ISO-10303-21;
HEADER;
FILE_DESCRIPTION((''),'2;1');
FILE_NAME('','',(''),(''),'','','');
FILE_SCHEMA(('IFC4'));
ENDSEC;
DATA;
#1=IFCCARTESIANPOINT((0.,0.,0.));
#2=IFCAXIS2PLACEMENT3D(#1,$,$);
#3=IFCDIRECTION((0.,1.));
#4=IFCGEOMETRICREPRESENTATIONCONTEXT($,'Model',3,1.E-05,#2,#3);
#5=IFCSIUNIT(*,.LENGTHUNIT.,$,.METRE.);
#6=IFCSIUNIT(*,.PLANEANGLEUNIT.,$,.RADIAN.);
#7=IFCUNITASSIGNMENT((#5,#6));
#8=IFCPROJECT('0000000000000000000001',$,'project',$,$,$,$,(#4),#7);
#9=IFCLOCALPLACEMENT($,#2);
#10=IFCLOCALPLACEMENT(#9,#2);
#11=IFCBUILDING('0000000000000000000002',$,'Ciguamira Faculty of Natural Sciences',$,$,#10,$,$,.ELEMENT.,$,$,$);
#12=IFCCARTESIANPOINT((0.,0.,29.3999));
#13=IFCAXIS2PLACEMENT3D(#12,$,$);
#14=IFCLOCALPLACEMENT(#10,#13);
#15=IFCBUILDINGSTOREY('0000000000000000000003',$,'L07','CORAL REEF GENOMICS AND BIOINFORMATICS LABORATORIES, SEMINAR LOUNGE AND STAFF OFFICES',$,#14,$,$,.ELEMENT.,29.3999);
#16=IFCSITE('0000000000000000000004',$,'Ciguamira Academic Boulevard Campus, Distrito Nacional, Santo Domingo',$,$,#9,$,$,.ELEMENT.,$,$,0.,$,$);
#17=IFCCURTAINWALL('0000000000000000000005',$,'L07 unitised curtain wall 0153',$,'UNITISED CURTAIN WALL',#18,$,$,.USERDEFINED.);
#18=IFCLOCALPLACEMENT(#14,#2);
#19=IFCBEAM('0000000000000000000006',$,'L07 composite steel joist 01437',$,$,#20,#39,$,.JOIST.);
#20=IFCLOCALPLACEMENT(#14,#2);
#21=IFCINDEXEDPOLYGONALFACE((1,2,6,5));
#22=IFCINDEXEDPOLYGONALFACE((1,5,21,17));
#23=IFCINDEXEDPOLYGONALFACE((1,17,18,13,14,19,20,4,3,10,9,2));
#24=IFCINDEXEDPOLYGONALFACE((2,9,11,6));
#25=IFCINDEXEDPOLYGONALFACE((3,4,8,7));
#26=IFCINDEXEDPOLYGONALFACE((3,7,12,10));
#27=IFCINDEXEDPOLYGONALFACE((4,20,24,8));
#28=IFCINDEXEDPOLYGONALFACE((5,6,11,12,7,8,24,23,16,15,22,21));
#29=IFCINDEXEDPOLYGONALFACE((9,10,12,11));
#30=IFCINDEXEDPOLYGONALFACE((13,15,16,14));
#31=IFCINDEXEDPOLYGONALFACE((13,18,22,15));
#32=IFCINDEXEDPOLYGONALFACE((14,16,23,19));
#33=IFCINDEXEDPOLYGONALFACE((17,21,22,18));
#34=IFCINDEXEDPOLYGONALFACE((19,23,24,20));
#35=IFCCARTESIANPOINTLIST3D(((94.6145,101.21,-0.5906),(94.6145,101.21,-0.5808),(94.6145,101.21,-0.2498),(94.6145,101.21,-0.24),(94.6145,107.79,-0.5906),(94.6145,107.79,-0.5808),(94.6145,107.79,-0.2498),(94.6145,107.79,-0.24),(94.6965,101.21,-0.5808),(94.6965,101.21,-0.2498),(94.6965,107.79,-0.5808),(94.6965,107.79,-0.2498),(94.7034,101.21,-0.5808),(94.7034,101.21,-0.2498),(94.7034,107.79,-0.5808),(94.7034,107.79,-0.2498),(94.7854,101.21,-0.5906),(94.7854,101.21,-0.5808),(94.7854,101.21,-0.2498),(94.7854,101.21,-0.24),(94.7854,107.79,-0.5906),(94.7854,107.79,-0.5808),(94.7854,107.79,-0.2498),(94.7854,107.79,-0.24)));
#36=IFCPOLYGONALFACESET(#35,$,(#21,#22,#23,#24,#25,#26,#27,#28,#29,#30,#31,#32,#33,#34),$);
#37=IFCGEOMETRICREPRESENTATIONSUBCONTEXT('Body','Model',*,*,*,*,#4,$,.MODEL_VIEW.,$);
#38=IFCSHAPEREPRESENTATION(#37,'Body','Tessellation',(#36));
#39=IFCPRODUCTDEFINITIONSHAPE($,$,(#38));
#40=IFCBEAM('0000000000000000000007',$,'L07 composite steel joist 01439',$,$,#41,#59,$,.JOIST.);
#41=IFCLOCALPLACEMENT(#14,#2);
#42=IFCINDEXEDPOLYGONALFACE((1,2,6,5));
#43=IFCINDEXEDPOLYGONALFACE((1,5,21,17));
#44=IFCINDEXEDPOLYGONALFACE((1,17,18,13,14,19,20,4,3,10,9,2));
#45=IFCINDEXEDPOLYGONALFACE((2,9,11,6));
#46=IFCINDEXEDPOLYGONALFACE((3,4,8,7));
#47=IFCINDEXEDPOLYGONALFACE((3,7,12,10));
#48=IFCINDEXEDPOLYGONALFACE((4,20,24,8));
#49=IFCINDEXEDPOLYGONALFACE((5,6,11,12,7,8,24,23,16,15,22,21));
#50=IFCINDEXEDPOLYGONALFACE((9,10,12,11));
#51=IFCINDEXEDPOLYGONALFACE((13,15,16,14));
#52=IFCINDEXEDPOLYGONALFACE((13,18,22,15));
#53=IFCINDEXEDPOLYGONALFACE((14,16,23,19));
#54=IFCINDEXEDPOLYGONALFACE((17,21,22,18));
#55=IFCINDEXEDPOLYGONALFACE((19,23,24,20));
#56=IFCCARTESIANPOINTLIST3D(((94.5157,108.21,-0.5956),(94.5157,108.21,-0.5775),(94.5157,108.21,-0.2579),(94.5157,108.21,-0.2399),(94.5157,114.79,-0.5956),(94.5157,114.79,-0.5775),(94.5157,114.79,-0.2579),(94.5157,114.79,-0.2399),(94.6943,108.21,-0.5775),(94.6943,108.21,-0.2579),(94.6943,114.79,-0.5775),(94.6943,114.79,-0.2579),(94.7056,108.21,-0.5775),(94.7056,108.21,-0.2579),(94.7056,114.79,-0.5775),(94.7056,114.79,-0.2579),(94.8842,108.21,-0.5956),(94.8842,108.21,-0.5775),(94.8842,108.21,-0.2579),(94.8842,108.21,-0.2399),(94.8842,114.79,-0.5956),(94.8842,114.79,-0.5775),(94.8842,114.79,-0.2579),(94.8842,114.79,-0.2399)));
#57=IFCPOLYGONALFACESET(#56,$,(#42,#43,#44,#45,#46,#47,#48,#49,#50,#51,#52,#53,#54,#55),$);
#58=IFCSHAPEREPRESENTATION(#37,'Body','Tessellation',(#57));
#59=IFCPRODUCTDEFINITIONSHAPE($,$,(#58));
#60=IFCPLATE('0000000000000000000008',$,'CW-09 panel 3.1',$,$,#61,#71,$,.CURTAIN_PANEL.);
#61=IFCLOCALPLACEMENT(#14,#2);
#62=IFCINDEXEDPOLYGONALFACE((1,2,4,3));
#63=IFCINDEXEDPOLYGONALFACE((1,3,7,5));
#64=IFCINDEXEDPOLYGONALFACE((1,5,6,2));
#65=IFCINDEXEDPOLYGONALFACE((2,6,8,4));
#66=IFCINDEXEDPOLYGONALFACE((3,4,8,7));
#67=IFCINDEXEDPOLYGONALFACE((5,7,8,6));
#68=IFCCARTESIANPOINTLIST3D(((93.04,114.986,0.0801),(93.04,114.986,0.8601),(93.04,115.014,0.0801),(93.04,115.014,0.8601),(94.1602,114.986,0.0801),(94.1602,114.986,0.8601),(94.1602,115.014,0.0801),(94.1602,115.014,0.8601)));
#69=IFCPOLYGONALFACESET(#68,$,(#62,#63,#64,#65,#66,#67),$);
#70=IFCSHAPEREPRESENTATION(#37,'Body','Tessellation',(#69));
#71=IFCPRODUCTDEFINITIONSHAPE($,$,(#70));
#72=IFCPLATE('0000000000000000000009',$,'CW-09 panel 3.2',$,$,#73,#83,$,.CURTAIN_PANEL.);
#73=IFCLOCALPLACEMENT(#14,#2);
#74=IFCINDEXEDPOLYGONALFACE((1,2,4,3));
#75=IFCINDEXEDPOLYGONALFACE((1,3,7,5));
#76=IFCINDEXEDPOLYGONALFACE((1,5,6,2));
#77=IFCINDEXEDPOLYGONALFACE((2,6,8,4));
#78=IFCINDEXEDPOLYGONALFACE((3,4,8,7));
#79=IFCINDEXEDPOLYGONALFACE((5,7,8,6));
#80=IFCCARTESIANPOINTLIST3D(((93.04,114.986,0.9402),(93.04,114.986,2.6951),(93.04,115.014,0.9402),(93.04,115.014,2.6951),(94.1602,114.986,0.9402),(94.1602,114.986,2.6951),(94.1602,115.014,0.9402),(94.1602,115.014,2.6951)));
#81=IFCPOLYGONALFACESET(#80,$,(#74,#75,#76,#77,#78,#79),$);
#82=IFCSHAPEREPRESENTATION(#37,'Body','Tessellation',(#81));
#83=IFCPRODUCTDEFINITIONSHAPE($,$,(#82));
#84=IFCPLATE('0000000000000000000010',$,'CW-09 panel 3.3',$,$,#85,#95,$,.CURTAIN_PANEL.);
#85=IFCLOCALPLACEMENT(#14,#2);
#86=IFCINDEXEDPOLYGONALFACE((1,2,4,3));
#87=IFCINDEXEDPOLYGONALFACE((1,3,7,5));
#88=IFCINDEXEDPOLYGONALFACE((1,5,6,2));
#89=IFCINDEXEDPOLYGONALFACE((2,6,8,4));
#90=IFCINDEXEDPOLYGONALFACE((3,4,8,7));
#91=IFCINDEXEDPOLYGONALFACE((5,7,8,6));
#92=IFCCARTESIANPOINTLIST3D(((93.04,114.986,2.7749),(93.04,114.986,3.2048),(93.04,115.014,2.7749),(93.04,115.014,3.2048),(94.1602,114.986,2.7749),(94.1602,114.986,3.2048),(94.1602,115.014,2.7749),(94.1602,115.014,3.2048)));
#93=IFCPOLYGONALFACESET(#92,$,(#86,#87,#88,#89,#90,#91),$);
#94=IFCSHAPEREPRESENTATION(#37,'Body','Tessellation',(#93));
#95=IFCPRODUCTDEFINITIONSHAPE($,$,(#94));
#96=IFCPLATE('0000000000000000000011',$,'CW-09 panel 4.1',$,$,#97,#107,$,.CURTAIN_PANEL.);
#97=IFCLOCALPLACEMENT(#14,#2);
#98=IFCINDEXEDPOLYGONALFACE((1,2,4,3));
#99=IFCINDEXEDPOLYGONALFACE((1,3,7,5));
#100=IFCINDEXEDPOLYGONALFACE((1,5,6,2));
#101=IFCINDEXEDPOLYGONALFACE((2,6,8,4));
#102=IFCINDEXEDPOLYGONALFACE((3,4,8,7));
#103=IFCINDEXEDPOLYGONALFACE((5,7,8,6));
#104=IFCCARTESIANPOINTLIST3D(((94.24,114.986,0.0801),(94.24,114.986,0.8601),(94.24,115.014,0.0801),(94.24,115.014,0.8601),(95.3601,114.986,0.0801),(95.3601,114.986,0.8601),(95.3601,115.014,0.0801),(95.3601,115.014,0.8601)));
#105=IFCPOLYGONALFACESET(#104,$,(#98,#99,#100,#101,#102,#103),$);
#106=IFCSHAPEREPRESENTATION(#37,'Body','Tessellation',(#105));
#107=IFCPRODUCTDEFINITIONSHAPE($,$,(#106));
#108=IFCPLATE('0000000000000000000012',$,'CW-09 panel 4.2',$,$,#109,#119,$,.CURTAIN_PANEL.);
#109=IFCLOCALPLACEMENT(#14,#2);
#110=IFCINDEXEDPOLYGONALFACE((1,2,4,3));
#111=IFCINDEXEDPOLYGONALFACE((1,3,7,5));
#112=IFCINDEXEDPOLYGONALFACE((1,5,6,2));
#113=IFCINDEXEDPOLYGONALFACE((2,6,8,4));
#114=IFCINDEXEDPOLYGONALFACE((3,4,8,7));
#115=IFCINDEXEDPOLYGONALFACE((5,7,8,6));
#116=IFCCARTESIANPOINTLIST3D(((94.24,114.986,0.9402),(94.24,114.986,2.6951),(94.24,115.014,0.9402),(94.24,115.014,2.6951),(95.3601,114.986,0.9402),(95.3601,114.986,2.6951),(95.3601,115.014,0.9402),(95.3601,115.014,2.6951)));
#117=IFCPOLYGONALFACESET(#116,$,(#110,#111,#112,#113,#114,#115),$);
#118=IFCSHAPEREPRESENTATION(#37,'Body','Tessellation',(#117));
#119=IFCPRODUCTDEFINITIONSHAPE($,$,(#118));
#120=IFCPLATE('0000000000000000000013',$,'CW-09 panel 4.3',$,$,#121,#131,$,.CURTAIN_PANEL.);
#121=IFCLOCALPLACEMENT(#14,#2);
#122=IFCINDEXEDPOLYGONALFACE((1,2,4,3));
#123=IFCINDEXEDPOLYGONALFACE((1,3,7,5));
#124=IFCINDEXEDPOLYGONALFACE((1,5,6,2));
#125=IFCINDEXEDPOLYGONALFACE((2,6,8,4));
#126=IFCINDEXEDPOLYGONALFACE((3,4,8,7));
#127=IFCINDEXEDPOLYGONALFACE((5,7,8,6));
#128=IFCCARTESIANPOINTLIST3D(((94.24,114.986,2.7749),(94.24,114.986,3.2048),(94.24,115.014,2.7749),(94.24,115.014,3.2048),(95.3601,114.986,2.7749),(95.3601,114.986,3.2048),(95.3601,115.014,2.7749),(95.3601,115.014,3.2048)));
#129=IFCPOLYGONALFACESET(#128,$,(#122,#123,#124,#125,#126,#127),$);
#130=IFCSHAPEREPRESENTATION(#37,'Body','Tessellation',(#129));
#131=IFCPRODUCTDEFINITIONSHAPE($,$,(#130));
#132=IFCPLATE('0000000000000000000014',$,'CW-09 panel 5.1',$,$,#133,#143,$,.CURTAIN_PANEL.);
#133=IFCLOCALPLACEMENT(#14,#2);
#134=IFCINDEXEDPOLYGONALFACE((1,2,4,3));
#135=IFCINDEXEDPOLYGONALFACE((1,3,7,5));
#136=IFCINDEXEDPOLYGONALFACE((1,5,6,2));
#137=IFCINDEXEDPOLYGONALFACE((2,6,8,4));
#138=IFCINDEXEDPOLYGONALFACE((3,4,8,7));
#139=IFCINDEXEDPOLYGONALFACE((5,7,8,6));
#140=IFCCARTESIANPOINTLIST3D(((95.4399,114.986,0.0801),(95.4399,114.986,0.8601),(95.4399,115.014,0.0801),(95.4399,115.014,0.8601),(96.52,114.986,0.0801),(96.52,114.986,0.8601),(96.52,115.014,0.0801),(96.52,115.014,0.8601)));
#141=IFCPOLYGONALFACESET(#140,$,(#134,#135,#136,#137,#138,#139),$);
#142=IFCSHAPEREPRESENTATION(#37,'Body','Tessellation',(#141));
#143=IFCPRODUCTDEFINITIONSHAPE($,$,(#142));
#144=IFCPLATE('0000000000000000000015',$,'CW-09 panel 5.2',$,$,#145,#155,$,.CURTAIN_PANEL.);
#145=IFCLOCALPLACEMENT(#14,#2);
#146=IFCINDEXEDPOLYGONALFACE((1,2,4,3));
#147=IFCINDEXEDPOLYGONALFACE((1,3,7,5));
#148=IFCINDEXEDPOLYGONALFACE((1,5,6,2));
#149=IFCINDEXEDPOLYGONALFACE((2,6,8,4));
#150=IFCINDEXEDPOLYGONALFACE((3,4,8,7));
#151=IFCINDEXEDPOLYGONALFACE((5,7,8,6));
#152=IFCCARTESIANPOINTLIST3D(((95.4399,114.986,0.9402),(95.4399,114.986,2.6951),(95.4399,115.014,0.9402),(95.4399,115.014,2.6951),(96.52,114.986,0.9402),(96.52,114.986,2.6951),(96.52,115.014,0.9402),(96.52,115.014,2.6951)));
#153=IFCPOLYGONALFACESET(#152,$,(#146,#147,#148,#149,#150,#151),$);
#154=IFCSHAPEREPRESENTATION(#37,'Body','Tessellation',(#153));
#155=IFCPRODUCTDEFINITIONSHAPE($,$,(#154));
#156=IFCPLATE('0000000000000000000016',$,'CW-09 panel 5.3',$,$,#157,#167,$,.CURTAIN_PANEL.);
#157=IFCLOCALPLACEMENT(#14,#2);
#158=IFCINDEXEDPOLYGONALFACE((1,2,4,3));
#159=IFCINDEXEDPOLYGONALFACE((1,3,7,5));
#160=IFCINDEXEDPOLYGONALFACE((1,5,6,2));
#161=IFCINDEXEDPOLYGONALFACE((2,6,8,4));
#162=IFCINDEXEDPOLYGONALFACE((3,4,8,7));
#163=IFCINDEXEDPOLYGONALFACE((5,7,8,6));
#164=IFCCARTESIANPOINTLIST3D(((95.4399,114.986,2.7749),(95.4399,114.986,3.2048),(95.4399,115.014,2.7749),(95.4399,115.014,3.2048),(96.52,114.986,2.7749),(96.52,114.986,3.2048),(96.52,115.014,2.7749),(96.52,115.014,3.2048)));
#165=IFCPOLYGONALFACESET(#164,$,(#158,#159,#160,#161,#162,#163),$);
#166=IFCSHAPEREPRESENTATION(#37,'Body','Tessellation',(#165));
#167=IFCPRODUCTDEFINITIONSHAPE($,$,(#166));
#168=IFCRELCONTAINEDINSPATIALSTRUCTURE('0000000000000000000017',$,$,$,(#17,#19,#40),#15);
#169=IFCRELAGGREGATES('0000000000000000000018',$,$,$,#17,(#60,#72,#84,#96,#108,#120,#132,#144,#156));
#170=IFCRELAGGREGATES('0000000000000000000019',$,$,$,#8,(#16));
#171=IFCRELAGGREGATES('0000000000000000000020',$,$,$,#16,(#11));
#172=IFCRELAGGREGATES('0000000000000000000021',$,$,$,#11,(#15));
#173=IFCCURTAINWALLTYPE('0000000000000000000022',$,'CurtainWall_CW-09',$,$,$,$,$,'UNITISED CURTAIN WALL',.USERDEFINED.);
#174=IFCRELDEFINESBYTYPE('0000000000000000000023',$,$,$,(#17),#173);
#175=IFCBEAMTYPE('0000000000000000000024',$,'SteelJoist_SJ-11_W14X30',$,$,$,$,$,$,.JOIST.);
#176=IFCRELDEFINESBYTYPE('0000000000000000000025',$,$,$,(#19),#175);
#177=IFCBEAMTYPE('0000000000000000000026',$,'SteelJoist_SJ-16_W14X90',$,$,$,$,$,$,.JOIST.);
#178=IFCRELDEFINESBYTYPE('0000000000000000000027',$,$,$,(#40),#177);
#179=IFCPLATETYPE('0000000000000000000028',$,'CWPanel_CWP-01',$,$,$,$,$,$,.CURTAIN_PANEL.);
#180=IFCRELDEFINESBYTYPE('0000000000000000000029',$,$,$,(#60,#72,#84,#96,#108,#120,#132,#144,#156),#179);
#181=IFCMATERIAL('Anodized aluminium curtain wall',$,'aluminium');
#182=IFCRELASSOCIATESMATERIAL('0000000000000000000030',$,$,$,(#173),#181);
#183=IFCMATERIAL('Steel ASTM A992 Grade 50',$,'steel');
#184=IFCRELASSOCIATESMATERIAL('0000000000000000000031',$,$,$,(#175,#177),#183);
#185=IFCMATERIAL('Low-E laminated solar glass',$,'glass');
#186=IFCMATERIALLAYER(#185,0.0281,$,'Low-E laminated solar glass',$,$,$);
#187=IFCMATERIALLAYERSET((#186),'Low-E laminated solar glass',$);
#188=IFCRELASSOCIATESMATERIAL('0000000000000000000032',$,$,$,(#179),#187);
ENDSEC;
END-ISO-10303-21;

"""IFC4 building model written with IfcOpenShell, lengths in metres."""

from ifc_helpers import new_model, si_unit, direction, frame, origin, origin_2d, place, context, subcontext, project, spatial, rectangle, i_section, extrude, material, layer, layer_set, material_profile, profile_set, type_object, element, aggregate, save


model = new_model("IFC4")

# Units and contexts
model_context = context("Model", 3, precision=1e-05, world=origin(), true_north=direction((0.0, 1.0)))
body_context = subcontext(model_context, "Body", "Model", "MODEL_VIEW")
ifc_project = project(units=[si_unit("LENGTHUNIT", "METRE"), si_unit("PLANEANGLEUNIT", "RADIAN")], contexts=[model_context])

# Site, building, storey
site_placement = place(None, origin())
site = spatial("IfcSite", under=ifc_project, at=site_placement, Name="Ciguamira Academic Boulevard Campus, Distrito Nacional, Santo Domingo", CompositionType="ELEMENT", RefElevation=0.0)
building_placement = place(site_placement, origin())
building = spatial("IfcBuilding", under=site, at=building_placement, Name="Ciguamira Faculty of Natural Sciences", CompositionType="ELEMENT")
storey_placement = place(building_placement, frame((0.0, 0.0, 29.3999)))
storey = spatial("IfcBuildingStorey", under=building, at=storey_placement, Name="L07", Description="CORAL REEF GENOMICS AND BIOINFORMATICS LABORATORIES, SEMINAR LOUNGE AND STAFF OFFICES", CompositionType="ELEMENT", Elevation=29.3999)

# Curtain wall
ifc_material_1 = material(Name="Anodized aluminium curtain wall", Category="aluminium")
curtain_wall_type = type_object("IfcCurtainWallType", Name="CurtainWall_CW-09", ElementType="UNITISED CURTAIN WALL", PredefinedType="USERDEFINED", material=ifc_material_1)
curtain_wall_placement = place(storey_placement, origin())
curtain_wall = element("IfcCurtainWall", 1, at=curtain_wall_placement, inside=storey, type_object=curtain_wall_type, Name="L07 unitised curtain wall 0153", ObjectType="UNITISED CURTAIN WALL", PredefinedType="USERDEFINED")

# Beams
ifc_material_2 = material(Name="Steel ASTM A992 Grade 50", Category="steel")
ifc_material_profile_1 = material_profile(ifc_material_2, i_section(OverallWidth=0.1709, OverallDepth=0.3506, WebThickness=0.0068, FlangeThickness=0.0098, at=origin_2d()), Name="W14X30")
ifc_profile_set_1 = profile_set([ifc_material_profile_1], Name="Steel ASTM A992 Grade 50")
beam_type_1 = type_object("IfcBeamType", Name="SteelJoist_SJ-11_W14X30", PredefinedType="JOIST", material=ifc_profile_set_1)
beam_1_placement = place(storey_placement, frame((94.7, 101.21, -0.4153), z_axis=(0.0, 1.0, 0.0), x_axis=(-1.0, 0.0, 0.0)))
element("IfcBeam", 2, at=beam_1_placement, inside=storey, type_object=beam_type_1, Name="L07 composite steel joist 01437", PredefinedType="JOIST", context=body_context, shape_type="SweptSolid", body=[
    extrude(i_section(OverallWidth=0.1709, OverallDepth=0.3506, WebThickness=0.0068, FlangeThickness=0.0098, at=origin_2d()), origin(), (0.0, 0.0, 1.0), 6.5801),
])
ifc_material_profile_2 = material_profile(ifc_material_2, i_section(OverallWidth=0.3684, OverallDepth=0.3557, WebThickness=0.0112, FlangeThickness=0.0181, at=origin_2d()), Name="W14X90")
ifc_profile_set_2 = profile_set([ifc_material_profile_2], Name="Steel ASTM A992 Grade 50")
beam_type_2 = type_object("IfcBeamType", Name="SteelJoist_SJ-16_W14X90", PredefinedType="JOIST", material=ifc_profile_set_2)
beam_2_placement = place(storey_placement, frame((94.7, 108.21, -0.4177), z_axis=(0.0, 1.0, 0.0), x_axis=(-1.0, 0.0, 0.0)))
element("IfcBeam", 3, at=beam_2_placement, inside=storey, type_object=beam_type_2, Name="L07 composite steel joist 01439", PredefinedType="JOIST", context=body_context, shape_type="SweptSolid", body=[
    extrude(i_section(OverallWidth=0.3684, OverallDepth=0.3557, WebThickness=0.0112, FlangeThickness=0.0181, at=origin_2d()), origin(), (0.0, 0.0, 1.0), 6.5801),
])

# Plates
ifc_material_3 = material(Name="Low-E laminated solar glass", Category="glass")
ifc_layer_1 = layer(ifc_material_3, 0.0281, Name="Low-E laminated solar glass")
ifc_layer_set_1 = layer_set([ifc_layer_1], Name="Low-E laminated solar glass")
plate_type = type_object("IfcPlateType", Name="CWPanel_CWP-01", PredefinedType="CURTAIN_PANEL", material=ifc_layer_set_1)
plate_1_placement = place(storey_placement, frame((93.6001, 115.0, 0.0801), z_axis=(0.0, 0.0, 1.0), x_axis=(1.0, 0.0, 0.0)))
plate_1 = element("IfcPlate", 4, at=plate_1_placement, type_object=plate_type, Name="CW-09 panel 3.1", PredefinedType="CURTAIN_PANEL", context=body_context, shape_type="SweptSolid", body=[
    extrude(rectangle(XDim=1.1201, YDim=0.0281, at=origin_2d()), origin(), (0.0, 0.0, 1.0), 0.78),
])
plate_2_placement = place(storey_placement, frame((93.6001, 115.0, 0.9402), z_axis=(0.0, 0.0, 1.0), x_axis=(1.0, 0.0, 0.0)))
plate_2 = element("IfcPlate", 5, at=plate_2_placement, type_object=plate_type, Name="CW-09 panel 3.2", PredefinedType="CURTAIN_PANEL", context=body_context, shape_type="SweptSolid", body=[
    extrude(rectangle(XDim=1.1201, YDim=0.0281, at=origin_2d()), origin(), (0.0, 0.0, 1.0), 1.7549),
])
plate_3_placement = place(storey_placement, frame((93.6001, 115.0, 2.7749), z_axis=(0.0, 0.0, 1.0), x_axis=(1.0, 0.0, 0.0)))
plate_3 = element("IfcPlate", 6, at=plate_3_placement, type_object=plate_type, Name="CW-09 panel 3.3", PredefinedType="CURTAIN_PANEL", context=body_context, shape_type="SweptSolid", body=[
    extrude(rectangle(XDim=1.1201, YDim=0.0281, at=origin_2d()), origin(), (0.0, 0.0, 1.0), 0.4299),
])
plate_4_placement = place(storey_placement, frame((94.8, 115.0, 0.0801), z_axis=(0.0, 0.0, 1.0), x_axis=(1.0, 0.0, 0.0)))
plate_4 = element("IfcPlate", 7, at=plate_4_placement, type_object=plate_type, Name="CW-09 panel 4.1", PredefinedType="CURTAIN_PANEL", context=body_context, shape_type="SweptSolid", body=[
    extrude(rectangle(XDim=1.1201, YDim=0.0281, at=origin_2d()), origin(), (0.0, 0.0, 1.0), 0.78),
])
plate_5_placement = place(storey_placement, frame((94.8, 115.0, 0.9402), z_axis=(0.0, 0.0, 1.0), x_axis=(1.0, 0.0, 0.0)))
plate_5 = element("IfcPlate", 8, at=plate_5_placement, type_object=plate_type, Name="CW-09 panel 4.2", PredefinedType="CURTAIN_PANEL", context=body_context, shape_type="SweptSolid", body=[
    extrude(rectangle(XDim=1.1201, YDim=0.0281, at=origin_2d()), origin(), (0.0, 0.0, 1.0), 1.7549),
])
plate_6_placement = place(storey_placement, frame((94.8, 115.0, 2.7749), z_axis=(0.0, 0.0, 1.0), x_axis=(1.0, 0.0, 0.0)))
plate_6 = element("IfcPlate", 9, at=plate_6_placement, type_object=plate_type, Name="CW-09 panel 4.3", PredefinedType="CURTAIN_PANEL", context=body_context, shape_type="SweptSolid", body=[
    extrude(rectangle(XDim=1.1201, YDim=0.0281, at=origin_2d()), origin(), (0.0, 0.0, 1.0), 0.4299),
])
plate_7_placement = place(storey_placement, frame((95.98, 115.0, 0.0801), z_axis=(0.0, 0.0, 1.0), x_axis=(1.0, 0.0, 0.0)))
plate_7 = element("IfcPlate", 10, at=plate_7_placement, type_object=plate_type, Name="CW-09 panel 5.1", PredefinedType="CURTAIN_PANEL", context=body_context, shape_type="SweptSolid", body=[
    extrude(rectangle(XDim=1.0801, YDim=0.0281, at=origin_2d()), origin(), (0.0, 0.0, 1.0), 0.78),
])
plate_8_placement = place(storey_placement, frame((95.98, 115.0, 0.9402), z_axis=(0.0, 0.0, 1.0), x_axis=(1.0, 0.0, 0.0)))
plate_8 = element("IfcPlate", 11, at=plate_8_placement, type_object=plate_type, Name="CW-09 panel 5.2", PredefinedType="CURTAIN_PANEL", context=body_context, shape_type="SweptSolid", body=[
    extrude(rectangle(XDim=1.0801, YDim=0.0281, at=origin_2d()), origin(), (0.0, 0.0, 1.0), 1.7549),
])
plate_9_placement = place(storey_placement, frame((95.98, 115.0, 2.7749), z_axis=(0.0, 0.0, 1.0), x_axis=(1.0, 0.0, 0.0)))
plate_9 = element("IfcPlate", 12, at=plate_9_placement, type_object=plate_type, Name="CW-09 panel 5.3", PredefinedType="CURTAIN_PANEL", context=body_context, shape_type="SweptSolid", body=[
    extrude(rectangle(XDim=1.0801, YDim=0.0281, at=origin_2d()), origin(), (0.0, 0.0, 1.0), 0.4299),
])
aggregate(curtain_wall, [plate_1, plate_2, plate_3, plate_4, plate_5, plate_6, plate_7, plate_8, plate_9])

save(model, "model.ifc")
